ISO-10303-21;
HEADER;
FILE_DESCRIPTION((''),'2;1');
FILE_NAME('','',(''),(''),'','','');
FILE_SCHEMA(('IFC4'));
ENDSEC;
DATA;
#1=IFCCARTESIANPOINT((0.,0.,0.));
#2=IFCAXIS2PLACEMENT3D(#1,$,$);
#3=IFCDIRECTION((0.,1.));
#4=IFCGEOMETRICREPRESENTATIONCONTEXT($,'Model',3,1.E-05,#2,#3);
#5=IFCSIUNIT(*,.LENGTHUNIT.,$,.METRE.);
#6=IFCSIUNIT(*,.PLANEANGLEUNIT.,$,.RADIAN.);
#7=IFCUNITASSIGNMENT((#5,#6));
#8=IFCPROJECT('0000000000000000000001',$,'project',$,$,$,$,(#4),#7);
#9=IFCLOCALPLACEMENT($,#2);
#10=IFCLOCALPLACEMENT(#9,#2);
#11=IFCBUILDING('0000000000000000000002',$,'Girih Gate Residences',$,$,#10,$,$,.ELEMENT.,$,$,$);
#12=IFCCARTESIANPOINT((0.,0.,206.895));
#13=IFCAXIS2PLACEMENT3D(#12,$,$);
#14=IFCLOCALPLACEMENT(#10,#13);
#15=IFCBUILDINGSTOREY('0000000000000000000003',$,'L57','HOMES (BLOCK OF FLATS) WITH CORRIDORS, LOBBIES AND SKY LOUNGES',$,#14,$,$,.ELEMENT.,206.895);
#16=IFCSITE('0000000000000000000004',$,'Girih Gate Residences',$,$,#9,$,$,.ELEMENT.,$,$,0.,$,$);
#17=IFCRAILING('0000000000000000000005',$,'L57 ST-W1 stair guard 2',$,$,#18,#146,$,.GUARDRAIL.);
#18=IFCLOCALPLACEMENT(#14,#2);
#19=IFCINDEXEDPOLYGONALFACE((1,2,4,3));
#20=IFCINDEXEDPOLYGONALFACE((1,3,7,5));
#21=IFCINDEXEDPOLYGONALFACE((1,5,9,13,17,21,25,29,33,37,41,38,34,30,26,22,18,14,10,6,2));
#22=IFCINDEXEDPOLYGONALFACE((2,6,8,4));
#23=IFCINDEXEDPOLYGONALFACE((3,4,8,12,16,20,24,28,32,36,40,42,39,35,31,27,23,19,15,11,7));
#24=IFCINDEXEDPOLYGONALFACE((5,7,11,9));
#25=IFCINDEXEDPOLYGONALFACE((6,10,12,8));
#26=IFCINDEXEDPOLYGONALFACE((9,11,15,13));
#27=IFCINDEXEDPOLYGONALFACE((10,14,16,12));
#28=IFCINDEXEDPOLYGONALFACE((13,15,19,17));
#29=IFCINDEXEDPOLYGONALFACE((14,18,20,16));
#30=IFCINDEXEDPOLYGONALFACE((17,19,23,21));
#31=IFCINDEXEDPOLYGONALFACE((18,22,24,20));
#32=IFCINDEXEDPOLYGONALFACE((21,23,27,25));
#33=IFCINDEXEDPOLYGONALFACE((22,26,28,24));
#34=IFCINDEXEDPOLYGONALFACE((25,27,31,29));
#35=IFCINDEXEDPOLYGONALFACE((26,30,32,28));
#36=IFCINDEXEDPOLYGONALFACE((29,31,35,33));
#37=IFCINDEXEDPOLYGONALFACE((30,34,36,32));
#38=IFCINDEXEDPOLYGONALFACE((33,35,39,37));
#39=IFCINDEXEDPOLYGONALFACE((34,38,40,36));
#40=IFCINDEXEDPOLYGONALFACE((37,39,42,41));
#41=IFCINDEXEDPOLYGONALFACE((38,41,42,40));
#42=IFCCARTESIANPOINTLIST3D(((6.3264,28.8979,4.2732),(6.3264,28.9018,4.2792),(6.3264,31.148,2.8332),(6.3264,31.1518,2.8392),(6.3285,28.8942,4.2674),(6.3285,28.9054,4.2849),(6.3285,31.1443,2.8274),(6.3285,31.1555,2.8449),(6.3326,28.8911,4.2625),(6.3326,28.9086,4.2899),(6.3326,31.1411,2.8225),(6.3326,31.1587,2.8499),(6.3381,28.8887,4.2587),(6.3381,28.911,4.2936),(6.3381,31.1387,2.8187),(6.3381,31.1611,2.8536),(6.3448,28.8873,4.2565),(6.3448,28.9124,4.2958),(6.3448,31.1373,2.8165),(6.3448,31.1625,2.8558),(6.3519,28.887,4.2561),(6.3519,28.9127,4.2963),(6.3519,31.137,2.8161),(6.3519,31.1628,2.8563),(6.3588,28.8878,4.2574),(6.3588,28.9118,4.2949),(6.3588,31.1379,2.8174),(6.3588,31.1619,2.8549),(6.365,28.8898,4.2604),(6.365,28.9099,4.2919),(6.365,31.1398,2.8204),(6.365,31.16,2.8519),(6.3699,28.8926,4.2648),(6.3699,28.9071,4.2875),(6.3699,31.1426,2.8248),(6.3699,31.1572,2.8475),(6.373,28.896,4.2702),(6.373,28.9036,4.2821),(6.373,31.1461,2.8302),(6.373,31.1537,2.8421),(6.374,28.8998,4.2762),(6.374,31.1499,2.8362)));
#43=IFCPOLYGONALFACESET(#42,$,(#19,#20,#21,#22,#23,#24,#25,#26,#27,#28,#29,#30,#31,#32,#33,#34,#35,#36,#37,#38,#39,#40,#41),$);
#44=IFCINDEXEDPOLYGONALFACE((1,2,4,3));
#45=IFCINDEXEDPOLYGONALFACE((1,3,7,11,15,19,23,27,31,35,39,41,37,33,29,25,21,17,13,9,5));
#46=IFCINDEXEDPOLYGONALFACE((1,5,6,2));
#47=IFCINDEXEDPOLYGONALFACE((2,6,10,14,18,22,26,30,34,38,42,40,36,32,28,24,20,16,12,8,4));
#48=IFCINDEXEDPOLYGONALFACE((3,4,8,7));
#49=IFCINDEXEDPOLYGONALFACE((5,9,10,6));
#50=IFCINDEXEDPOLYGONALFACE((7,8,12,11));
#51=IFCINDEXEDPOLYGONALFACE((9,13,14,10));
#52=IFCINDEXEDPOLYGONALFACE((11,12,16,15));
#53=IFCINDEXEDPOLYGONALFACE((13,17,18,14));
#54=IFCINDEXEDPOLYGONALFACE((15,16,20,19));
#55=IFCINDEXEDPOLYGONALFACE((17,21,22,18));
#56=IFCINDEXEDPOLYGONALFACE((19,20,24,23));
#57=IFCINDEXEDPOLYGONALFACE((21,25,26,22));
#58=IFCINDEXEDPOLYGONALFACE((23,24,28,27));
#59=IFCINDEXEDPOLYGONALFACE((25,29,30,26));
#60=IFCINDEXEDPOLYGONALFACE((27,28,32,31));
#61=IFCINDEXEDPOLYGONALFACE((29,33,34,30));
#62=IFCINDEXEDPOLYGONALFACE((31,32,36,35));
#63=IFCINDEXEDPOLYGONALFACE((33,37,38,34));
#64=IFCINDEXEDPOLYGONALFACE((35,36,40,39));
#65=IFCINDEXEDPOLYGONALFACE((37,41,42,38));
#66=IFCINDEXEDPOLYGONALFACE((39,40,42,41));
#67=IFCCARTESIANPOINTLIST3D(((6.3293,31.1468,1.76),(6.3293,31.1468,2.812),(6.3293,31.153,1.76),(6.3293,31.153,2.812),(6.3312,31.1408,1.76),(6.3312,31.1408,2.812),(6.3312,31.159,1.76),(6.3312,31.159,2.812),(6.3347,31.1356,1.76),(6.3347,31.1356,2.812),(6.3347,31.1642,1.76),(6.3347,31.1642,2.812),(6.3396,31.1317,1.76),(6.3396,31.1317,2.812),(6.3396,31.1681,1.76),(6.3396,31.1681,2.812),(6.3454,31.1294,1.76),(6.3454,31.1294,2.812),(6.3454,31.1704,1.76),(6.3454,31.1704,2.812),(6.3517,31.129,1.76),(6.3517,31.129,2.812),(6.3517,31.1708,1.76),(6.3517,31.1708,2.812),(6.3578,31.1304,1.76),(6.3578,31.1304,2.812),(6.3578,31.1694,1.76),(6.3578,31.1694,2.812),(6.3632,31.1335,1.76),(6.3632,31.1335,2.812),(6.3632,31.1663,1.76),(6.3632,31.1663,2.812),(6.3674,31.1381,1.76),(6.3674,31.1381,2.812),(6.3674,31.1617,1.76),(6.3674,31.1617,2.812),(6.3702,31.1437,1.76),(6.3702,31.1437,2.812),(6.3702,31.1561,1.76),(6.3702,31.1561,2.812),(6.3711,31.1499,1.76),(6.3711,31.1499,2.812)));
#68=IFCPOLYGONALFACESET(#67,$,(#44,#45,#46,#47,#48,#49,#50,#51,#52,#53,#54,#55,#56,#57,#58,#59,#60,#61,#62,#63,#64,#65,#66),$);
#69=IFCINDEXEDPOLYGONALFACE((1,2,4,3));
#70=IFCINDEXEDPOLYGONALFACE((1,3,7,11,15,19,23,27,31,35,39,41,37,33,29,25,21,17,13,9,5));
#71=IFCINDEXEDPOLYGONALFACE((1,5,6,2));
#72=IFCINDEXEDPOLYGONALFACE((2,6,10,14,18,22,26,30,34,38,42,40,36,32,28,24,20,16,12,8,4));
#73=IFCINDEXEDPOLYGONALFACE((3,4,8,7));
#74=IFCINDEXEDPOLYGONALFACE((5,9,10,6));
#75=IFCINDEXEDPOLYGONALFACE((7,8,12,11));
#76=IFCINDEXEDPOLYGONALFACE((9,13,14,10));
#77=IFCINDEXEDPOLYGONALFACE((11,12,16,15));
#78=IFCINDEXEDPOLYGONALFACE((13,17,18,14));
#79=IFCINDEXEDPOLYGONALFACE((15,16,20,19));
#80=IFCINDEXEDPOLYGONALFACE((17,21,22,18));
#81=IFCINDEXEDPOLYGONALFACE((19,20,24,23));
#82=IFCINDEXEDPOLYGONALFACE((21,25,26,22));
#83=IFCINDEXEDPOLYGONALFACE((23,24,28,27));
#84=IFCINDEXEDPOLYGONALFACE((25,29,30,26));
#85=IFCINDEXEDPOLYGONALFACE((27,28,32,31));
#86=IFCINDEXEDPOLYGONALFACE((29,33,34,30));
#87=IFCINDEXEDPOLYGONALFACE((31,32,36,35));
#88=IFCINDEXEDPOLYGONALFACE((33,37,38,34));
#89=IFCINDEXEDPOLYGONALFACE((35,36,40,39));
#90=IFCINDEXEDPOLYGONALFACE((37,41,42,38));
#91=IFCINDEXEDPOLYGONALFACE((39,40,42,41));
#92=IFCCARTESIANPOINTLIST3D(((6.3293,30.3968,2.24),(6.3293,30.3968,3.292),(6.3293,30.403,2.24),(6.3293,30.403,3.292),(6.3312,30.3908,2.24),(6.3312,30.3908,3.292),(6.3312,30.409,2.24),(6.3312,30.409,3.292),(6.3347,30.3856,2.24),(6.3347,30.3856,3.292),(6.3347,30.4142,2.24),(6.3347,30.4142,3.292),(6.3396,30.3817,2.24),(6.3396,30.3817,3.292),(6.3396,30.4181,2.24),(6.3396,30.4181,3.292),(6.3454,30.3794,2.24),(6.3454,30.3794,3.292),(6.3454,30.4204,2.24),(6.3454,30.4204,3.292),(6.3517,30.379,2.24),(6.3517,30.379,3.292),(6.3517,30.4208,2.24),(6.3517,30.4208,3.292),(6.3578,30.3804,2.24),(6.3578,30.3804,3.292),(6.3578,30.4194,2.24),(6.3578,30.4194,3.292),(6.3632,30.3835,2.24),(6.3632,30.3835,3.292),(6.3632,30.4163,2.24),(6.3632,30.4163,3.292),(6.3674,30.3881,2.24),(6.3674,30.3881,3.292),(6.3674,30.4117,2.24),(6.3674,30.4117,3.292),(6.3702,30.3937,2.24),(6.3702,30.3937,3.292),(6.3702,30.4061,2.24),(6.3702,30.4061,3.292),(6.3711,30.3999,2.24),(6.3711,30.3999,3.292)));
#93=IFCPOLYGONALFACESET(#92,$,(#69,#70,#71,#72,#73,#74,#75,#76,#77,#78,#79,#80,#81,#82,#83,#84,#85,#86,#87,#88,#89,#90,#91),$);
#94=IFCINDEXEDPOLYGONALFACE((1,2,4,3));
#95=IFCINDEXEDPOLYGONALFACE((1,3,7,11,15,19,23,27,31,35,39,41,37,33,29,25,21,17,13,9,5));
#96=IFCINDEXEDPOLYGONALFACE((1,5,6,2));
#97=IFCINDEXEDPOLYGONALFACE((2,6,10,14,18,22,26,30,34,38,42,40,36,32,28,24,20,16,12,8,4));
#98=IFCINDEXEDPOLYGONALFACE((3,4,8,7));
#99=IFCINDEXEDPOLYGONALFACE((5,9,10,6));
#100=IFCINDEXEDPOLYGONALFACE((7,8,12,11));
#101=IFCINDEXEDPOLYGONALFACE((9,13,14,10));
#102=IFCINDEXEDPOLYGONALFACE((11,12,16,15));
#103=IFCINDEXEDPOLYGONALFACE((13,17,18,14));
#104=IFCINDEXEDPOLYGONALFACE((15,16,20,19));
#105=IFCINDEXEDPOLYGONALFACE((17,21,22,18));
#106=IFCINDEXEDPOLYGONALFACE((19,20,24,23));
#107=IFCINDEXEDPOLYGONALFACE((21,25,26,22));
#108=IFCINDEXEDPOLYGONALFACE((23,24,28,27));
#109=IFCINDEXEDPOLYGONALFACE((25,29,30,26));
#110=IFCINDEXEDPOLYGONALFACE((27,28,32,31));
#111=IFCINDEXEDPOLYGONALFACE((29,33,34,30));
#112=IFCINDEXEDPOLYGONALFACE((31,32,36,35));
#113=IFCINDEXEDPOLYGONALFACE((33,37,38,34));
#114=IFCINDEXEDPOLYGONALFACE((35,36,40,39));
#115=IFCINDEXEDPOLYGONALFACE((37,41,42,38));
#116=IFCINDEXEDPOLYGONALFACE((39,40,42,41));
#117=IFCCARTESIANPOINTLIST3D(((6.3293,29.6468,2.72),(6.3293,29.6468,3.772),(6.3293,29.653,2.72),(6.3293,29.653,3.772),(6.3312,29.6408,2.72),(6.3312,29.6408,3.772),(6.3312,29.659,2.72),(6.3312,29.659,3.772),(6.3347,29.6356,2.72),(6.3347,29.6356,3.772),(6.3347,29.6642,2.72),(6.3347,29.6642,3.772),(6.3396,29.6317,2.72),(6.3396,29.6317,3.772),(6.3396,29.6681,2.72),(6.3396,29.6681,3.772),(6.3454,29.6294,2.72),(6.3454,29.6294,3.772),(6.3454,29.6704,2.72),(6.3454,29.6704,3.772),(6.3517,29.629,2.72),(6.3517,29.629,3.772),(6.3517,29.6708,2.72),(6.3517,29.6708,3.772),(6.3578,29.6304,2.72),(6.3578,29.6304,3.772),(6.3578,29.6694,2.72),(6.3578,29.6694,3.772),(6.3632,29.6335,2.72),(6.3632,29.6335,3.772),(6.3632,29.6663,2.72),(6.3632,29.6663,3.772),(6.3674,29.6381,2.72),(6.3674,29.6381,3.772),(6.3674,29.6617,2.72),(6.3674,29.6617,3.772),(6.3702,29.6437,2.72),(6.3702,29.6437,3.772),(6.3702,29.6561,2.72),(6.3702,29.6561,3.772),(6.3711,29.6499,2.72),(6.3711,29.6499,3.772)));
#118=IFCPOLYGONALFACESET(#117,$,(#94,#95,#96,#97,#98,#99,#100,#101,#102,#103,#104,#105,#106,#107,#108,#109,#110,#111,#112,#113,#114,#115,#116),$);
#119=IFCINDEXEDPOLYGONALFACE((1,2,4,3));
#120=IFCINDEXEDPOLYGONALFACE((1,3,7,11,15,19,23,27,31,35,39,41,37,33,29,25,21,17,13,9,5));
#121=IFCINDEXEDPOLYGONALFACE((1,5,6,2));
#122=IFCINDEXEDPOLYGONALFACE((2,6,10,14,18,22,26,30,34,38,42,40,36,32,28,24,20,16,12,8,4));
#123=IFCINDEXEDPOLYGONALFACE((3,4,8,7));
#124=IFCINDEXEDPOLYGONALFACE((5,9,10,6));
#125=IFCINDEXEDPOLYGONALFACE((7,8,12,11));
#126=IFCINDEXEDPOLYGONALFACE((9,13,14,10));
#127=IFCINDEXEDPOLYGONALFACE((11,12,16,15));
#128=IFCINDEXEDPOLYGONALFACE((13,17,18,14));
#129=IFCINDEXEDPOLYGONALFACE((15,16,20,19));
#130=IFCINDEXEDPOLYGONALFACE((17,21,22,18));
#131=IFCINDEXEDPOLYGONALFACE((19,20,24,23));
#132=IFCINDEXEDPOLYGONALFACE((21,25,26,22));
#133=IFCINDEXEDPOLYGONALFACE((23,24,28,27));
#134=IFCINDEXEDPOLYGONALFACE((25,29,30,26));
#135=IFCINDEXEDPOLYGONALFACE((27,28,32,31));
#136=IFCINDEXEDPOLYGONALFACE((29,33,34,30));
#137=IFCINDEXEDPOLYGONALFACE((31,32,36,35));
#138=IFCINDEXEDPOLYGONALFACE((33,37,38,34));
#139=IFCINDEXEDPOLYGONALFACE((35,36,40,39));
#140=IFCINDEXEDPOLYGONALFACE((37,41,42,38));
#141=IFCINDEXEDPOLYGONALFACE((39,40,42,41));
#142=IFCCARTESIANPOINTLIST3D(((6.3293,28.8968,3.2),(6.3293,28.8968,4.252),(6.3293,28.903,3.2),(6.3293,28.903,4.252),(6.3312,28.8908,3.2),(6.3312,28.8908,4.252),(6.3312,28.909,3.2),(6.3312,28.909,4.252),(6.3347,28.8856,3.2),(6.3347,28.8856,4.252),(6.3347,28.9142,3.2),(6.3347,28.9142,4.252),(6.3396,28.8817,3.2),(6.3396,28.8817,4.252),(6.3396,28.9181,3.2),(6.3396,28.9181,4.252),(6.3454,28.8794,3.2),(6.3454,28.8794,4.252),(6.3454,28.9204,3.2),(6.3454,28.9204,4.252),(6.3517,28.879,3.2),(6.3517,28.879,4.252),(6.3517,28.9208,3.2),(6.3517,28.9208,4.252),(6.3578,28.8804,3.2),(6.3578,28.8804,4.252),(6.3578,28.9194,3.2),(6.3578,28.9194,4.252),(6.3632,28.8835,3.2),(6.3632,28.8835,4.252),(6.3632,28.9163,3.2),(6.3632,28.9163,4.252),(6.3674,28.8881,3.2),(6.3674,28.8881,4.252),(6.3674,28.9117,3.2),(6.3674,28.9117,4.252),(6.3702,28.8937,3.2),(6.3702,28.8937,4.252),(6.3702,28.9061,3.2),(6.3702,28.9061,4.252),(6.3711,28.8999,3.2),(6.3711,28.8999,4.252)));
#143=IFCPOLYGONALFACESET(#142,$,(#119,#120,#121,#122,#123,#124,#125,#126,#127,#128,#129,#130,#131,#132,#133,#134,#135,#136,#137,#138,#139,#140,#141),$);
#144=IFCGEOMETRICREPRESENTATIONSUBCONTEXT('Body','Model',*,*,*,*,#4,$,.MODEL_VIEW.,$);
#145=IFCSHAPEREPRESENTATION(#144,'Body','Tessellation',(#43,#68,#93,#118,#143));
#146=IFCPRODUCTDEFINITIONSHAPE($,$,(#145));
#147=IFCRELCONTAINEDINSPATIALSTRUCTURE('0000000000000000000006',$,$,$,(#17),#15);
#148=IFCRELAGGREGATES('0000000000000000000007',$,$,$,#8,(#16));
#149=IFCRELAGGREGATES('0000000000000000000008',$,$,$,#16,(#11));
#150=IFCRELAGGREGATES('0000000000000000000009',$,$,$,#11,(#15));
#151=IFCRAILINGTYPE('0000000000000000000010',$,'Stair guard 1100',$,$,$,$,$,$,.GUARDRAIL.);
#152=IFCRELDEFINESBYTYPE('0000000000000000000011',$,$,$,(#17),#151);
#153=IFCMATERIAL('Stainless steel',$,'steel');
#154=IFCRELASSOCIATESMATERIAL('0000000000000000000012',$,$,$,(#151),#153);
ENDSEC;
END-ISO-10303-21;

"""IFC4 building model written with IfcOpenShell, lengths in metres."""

from ifc_helpers import new_model, si_unit, direction, frame, origin, origin_2d, place, context, subcontext, project, spatial, circle, extrude, material, type_object, element, save


model = new_model("IFC4")

# Units and contexts
model_context = context("Model", 3, precision=1e-05, world=origin(), true_north=direction((0.0, 1.0)))
body_context = subcontext(model_context, "Body", "Model", "MODEL_VIEW")
ifc_project = project(units=[si_unit("LENGTHUNIT", "METRE"), si_unit("PLANEANGLEUNIT", "RADIAN")], contexts=[model_context])

# Site, building, storey
site_placement = place(None, origin())
site = spatial("IfcSite", under=ifc_project, at=site_placement, Name="Girih Gate Residences", CompositionType="ELEMENT", RefElevation=0.0)
building_placement = place(site_placement, origin())
building = spatial("IfcBuilding", under=site, at=building_placement, Name="Girih Gate Residences", CompositionType="ELEMENT")
storey_placement = place(building_placement, frame((0.0, 0.0, 206.895)))
storey = spatial("IfcBuildingStorey", under=building, at=storey_placement, Name="L57", Description="HOMES (BLOCK OF FLATS) WITH CORRIDORS, LOBBIES AND SKY LOUNGES", CompositionType="ELEMENT", Elevation=206.895)

# Railing
ifc_material_1 = material(Name="Stainless steel", Category="steel")
railing_type_1 = type_object("IfcRailingType", Name="Stair guard 1100", PredefinedType="GUARDRAIL", material=ifc_material_1)
railing_1_placement = place(storey_placement, frame((6.3501, 31.1499, 1.76)))
element("IfcRailing", 1, at=railing_1_placement, inside=storey, type_object=railing_type_1, Name="L57 ST-W1 stair guard 2", PredefinedType="GUARDRAIL", context=body_context, shape_type="SweptSolid", body=[
    extrude(circle(Radius=0.0239, at=origin_2d()), frame((0.0, 0.0, 1.0762), z_axis=(0.0, -0.842281, 0.539038), x_axis=(1.0, 0.0, 0.0)), (0.0, 0.0, 1.0), 2.6714),
    extrude(circle(Radius=0.021, at=origin_2d()), origin(), (0.0, 0.0, 1.0), 1.052),
    extrude(circle(Radius=0.021, at=origin_2d()), frame((0.0, -0.75, 0.48)), (0.0, 0.0, 1.0), 1.052),
    extrude(circle(Radius=0.021, at=origin_2d()), frame((0.0, -1.5, 0.96)), (0.0, 0.0, 1.0), 1.052),
    extrude(circle(Radius=0.021, at=origin_2d()), frame((0.0, -2.25, 1.4399)), (0.0, 0.0, 1.0), 1.052),
])

save(model, "model.ifc")
